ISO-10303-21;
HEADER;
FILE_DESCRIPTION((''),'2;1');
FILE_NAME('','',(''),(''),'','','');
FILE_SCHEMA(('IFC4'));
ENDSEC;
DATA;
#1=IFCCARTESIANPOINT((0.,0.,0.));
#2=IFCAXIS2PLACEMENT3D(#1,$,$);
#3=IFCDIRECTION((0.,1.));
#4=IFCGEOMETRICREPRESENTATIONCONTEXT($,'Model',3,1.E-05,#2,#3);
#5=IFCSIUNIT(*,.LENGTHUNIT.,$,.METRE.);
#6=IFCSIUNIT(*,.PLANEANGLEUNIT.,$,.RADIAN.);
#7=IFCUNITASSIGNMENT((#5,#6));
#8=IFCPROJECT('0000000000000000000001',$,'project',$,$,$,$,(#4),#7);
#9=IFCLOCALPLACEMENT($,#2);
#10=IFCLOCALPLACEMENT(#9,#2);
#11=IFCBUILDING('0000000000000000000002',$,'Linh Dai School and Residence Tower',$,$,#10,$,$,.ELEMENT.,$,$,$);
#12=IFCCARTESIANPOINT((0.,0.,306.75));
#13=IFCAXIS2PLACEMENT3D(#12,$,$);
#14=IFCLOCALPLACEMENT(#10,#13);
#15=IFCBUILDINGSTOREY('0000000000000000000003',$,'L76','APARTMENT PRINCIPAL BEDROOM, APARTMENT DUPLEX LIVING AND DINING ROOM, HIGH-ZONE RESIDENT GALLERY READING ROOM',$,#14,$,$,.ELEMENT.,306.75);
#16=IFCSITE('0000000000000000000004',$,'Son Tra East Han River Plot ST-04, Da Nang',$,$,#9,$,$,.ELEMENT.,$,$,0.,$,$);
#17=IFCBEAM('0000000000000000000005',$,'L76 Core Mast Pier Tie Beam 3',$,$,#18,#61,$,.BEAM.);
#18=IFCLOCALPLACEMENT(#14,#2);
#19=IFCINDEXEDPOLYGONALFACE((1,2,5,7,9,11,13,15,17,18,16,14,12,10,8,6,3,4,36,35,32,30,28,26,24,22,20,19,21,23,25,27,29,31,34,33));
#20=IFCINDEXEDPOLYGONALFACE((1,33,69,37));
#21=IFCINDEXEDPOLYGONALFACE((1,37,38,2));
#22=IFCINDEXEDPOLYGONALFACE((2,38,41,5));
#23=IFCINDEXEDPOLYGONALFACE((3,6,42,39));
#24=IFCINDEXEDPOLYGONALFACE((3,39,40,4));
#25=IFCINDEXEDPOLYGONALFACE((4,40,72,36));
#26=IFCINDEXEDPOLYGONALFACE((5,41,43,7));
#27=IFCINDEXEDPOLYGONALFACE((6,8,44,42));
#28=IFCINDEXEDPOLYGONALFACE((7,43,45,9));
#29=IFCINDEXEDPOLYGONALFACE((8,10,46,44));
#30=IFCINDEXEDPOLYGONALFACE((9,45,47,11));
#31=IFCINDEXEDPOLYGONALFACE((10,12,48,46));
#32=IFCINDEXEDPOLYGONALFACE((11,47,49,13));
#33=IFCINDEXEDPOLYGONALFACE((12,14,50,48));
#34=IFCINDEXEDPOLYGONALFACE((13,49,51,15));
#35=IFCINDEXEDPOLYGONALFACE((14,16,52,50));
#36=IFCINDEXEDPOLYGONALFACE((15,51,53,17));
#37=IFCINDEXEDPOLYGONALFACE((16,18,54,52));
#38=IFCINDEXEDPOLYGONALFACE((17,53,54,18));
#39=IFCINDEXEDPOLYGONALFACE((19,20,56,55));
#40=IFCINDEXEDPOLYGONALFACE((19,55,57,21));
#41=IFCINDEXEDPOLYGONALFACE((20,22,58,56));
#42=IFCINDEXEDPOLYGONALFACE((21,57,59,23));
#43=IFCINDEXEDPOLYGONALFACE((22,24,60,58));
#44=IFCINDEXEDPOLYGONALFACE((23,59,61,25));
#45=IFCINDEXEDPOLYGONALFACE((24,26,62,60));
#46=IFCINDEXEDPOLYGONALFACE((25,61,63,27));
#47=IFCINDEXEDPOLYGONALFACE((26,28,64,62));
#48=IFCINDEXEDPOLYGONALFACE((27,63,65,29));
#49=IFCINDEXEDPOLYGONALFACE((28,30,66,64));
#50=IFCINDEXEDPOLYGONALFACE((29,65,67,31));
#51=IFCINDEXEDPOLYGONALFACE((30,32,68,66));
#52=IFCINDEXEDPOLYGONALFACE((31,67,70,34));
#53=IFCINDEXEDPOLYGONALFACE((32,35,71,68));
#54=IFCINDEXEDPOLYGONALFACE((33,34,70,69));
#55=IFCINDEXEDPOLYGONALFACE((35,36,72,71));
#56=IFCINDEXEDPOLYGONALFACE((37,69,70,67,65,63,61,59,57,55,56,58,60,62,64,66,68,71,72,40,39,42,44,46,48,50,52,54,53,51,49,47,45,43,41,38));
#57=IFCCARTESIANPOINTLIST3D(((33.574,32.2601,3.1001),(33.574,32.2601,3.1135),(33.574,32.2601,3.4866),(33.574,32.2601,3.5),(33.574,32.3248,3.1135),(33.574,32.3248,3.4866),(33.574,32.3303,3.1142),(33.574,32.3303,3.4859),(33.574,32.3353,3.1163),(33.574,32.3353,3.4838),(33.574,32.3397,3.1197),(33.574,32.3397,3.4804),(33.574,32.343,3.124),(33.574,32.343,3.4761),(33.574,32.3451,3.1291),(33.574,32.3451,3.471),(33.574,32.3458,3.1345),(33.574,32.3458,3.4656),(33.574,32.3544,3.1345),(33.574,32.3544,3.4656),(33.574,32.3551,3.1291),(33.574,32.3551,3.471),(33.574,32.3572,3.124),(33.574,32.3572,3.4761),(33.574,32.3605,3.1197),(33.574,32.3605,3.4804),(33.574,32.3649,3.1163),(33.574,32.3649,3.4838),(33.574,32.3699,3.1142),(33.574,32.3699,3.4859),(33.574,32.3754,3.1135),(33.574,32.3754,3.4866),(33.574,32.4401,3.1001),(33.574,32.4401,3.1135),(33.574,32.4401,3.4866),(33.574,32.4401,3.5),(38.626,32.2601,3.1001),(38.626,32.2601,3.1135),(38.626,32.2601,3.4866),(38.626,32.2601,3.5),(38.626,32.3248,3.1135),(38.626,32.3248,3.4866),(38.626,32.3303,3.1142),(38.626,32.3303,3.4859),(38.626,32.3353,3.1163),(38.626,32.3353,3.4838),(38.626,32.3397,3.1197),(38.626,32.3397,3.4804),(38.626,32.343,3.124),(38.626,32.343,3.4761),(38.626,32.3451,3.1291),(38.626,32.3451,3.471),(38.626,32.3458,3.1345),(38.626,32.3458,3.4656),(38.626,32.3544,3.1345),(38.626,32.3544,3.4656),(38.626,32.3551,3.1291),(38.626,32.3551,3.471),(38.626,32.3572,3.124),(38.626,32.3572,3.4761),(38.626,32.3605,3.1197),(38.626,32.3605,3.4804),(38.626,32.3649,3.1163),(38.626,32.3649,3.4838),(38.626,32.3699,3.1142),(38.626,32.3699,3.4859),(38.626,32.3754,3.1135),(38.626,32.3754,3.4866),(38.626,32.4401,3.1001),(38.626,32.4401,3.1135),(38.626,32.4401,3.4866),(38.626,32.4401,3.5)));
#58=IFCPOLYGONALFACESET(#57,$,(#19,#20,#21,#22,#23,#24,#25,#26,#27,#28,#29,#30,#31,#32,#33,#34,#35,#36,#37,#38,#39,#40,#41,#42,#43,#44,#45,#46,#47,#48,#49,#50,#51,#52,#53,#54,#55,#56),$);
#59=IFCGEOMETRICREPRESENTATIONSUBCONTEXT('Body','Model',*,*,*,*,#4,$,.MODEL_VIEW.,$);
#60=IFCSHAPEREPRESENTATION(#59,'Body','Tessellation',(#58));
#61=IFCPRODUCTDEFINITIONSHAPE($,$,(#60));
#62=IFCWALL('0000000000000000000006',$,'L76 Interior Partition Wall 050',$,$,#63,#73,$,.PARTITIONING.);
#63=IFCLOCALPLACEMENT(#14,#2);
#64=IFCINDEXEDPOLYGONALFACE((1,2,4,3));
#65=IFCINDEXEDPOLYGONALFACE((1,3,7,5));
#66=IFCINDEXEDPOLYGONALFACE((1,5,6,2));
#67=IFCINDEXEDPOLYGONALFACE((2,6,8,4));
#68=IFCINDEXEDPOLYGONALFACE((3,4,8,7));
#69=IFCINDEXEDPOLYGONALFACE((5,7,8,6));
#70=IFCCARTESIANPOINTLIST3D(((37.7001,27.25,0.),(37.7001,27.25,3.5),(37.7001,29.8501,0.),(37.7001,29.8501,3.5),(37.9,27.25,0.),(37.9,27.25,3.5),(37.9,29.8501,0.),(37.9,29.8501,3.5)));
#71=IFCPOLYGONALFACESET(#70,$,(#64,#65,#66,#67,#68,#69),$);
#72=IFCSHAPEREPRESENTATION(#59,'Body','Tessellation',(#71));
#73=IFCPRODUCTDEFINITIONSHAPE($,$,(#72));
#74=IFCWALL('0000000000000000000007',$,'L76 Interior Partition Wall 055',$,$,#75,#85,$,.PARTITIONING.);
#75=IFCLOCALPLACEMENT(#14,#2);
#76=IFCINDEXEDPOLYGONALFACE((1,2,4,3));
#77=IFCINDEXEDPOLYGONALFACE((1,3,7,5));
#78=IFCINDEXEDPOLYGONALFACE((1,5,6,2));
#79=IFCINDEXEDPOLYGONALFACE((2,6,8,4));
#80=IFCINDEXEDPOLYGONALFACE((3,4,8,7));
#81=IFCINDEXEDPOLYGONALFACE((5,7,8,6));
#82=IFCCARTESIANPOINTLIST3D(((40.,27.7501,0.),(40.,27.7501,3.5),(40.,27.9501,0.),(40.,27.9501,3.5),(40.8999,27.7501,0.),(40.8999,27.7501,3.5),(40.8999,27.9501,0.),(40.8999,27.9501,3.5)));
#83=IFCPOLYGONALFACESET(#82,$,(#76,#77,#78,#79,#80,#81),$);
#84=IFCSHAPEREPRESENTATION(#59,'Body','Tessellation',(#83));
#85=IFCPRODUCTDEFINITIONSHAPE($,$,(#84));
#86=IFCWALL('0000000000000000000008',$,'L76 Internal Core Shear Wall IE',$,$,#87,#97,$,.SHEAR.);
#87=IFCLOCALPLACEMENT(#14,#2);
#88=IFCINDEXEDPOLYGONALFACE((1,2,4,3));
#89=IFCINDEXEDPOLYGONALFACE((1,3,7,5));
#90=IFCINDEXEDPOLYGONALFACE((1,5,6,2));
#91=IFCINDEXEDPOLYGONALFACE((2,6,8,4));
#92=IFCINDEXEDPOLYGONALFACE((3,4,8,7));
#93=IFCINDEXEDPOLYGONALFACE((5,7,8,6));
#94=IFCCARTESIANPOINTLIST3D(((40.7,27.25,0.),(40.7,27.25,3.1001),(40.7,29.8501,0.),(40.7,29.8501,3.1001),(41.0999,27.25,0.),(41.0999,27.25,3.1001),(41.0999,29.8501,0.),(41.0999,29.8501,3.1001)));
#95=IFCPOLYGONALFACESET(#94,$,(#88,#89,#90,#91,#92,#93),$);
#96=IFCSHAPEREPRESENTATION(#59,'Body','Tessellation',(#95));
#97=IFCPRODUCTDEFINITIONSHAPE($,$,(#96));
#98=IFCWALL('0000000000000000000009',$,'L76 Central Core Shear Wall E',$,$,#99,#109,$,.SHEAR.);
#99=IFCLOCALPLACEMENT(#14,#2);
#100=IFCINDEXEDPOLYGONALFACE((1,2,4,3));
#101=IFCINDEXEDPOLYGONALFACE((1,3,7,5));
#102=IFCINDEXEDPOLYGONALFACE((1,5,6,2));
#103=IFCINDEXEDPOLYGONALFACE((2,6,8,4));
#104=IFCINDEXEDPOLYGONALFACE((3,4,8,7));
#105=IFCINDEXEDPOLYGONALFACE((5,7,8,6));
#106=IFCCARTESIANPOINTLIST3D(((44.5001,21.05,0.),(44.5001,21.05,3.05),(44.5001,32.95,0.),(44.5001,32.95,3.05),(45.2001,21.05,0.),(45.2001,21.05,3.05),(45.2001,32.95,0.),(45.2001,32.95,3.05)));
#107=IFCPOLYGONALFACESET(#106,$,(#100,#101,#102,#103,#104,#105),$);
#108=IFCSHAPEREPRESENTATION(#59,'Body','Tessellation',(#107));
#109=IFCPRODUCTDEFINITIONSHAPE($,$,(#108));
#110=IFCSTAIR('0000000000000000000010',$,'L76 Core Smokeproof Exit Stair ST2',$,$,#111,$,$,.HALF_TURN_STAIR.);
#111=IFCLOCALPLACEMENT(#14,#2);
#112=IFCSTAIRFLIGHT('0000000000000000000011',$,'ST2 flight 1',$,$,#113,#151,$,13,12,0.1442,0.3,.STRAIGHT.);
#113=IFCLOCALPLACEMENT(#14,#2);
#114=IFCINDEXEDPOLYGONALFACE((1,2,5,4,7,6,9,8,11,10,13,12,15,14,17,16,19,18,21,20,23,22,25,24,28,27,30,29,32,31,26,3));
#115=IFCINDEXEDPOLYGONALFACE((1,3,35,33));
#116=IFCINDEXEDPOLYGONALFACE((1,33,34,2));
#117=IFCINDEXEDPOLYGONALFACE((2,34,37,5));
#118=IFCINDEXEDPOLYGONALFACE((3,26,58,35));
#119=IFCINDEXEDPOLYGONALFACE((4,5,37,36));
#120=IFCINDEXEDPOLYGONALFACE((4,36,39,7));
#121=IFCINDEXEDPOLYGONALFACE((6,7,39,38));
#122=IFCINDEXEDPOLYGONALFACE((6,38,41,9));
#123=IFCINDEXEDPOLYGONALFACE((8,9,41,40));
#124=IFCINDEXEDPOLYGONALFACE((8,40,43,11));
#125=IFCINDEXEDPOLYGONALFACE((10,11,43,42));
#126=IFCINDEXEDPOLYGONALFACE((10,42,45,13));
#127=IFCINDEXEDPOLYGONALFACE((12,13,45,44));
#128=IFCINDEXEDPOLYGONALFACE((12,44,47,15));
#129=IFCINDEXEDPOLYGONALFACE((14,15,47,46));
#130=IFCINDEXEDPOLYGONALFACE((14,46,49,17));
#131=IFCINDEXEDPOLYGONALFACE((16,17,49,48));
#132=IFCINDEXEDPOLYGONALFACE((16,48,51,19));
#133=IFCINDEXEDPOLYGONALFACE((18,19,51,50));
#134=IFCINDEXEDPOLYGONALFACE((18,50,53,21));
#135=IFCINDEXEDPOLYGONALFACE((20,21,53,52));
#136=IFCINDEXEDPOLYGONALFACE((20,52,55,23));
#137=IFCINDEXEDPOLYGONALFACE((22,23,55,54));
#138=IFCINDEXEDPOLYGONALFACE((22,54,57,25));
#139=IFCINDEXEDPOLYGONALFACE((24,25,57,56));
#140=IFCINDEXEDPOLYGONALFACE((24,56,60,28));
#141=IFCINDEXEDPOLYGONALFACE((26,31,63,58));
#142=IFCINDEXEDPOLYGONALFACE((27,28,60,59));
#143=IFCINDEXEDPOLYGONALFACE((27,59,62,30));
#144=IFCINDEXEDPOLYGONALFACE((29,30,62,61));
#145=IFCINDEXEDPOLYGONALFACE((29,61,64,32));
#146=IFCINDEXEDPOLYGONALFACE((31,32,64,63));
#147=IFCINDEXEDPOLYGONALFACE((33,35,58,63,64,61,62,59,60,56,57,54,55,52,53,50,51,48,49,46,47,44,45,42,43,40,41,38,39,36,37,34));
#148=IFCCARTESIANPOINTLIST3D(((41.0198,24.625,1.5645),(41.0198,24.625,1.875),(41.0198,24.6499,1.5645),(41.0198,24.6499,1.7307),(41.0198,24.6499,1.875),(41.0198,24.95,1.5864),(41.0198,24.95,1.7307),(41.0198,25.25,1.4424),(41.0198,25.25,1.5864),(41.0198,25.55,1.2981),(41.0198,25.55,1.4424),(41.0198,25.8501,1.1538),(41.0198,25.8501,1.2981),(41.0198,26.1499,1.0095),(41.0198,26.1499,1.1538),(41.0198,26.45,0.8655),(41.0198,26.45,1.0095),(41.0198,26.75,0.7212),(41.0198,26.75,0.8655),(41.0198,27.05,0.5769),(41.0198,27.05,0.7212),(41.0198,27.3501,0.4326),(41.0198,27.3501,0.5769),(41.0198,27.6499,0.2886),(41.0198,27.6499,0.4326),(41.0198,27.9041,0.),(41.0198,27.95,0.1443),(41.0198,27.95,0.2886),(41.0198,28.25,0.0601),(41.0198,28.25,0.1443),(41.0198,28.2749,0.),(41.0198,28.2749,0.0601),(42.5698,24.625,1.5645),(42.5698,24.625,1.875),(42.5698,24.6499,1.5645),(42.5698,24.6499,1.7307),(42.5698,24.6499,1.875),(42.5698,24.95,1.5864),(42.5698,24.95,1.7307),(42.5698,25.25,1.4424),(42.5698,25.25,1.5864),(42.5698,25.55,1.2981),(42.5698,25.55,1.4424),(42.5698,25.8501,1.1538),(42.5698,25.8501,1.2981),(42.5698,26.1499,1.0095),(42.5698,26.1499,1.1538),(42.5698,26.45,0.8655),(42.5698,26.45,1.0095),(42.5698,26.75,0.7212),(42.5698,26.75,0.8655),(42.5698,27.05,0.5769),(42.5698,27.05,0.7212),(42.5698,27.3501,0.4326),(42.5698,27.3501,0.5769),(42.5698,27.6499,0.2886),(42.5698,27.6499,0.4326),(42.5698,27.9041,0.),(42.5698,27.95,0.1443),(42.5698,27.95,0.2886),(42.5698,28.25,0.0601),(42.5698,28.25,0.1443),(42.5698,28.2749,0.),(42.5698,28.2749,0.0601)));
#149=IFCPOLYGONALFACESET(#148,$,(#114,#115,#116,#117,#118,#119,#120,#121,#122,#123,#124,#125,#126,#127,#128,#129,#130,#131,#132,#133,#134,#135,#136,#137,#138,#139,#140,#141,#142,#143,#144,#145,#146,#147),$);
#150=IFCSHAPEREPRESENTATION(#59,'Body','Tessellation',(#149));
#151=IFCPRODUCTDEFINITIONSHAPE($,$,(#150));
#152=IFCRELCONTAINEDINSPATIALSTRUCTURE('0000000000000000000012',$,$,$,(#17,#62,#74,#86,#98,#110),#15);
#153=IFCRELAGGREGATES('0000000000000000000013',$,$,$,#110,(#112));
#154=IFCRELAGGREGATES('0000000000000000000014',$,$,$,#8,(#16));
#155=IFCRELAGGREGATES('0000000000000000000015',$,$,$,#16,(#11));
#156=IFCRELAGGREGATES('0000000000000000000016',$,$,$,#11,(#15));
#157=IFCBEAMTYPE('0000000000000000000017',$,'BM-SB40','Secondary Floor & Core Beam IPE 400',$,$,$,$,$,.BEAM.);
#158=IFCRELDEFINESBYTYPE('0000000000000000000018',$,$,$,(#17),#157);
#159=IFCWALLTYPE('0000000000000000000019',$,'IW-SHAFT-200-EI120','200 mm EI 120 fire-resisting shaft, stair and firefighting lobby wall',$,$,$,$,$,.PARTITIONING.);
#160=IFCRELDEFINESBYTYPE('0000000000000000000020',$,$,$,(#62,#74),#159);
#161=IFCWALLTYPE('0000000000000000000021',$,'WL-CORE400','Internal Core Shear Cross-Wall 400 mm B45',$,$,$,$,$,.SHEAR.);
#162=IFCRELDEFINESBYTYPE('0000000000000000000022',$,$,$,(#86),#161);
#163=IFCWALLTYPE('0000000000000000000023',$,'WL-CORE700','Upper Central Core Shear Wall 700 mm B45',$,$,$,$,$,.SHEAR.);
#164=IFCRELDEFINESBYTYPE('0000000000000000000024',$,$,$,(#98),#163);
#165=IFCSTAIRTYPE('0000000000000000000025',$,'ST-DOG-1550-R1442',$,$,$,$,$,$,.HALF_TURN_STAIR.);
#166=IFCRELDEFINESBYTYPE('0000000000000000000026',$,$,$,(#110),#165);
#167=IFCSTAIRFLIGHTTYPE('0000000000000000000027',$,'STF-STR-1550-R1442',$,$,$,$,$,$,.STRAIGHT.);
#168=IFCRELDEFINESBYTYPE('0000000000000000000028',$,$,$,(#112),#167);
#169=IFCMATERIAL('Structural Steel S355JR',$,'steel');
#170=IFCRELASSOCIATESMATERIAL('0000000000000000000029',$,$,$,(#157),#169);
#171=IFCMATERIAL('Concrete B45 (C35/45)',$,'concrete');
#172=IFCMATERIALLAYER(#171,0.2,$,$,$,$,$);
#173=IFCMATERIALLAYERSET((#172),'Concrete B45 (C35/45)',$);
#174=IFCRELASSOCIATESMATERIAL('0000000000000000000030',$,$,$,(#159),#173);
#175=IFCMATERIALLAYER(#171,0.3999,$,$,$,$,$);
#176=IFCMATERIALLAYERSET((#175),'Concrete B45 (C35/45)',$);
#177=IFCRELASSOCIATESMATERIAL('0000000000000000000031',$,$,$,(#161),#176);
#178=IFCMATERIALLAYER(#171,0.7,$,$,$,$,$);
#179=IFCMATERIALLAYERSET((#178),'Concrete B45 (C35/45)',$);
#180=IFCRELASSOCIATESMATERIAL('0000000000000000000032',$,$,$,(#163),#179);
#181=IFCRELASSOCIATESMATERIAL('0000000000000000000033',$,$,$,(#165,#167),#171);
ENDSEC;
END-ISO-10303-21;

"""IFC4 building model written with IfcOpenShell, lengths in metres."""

from ifc_helpers import new_model, si_unit, direction, frame, frame_2d, origin, origin_2d, place, context, subcontext, project, spatial, polyline, rectangle, i_section, outline, extrude, source, transform, mapped, material, layer, layer_set, material_profile, profile_set, type_object, element, aggregate, save


model = new_model("IFC4")

# Units and contexts
model_context = context("Model", 3, precision=1e-05, world=origin(), true_north=direction((0.0, 1.0)))
body_context = subcontext(model_context, "Body", "Model", "MODEL_VIEW")
ifc_project = project(units=[si_unit("LENGTHUNIT", "METRE"), si_unit("PLANEANGLEUNIT", "RADIAN")], contexts=[model_context])

# Site, building, storey
site_placement = place(None, origin())
site = spatial("IfcSite", under=ifc_project, at=site_placement, Name="Son Tra East Han River Plot ST-04, Da Nang", CompositionType="ELEMENT", RefElevation=0.0)
building_placement = place(site_placement, origin())
building = spatial("IfcBuilding", under=site, at=building_placement, Name="Linh Dai School and Residence Tower", CompositionType="ELEMENT")
storey_placement = place(building_placement, frame((0.0, 0.0, 306.75)))
storey = spatial("IfcBuildingStorey", under=building, at=storey_placement, Name="L76", Description="APARTMENT PRINCIPAL BEDROOM, APARTMENT DUPLEX LIVING AND DINING ROOM, HIGH-ZONE RESIDENT GALLERY READING ROOM", CompositionType="ELEMENT", Elevation=306.75)

# Shared definitions
ifc_material_1 = material(Name="Structural Steel S355JR", Category="steel")

# Beam
ifc_material_profile_1 = material_profile(ifc_material_1, i_section(OverallWidth=0.1799, OverallDepth=0.3999, WebThickness=0.0085, FlangeThickness=0.0134, FilletRadius=0.021, at=origin_2d()), Name="IPE 400")
ifc_profile_set_1 = profile_set([ifc_material_profile_1], Name="Structural Steel S355JR")
beam_type_1 = type_object("IfcBeamType", Name="BM-SB40", Description="Secondary Floor & Core Beam IPE 400", PredefinedType="BEAM", material=ifc_profile_set_1)
beam_1_placement = place(storey_placement, frame((38.626, 32.3501, 3.3), z_axis=(-1.0, 0.0, 0.0), x_axis=(0.0, -1.0, 0.0)))
element("IfcBeam", 1, at=beam_1_placement, inside=storey, type_object=beam_type_1, Name="L76 Core Mast Pier Tie Beam 3", PredefinedType="BEAM", context=body_context, shape_type="SweptSolid", body=[
    extrude(i_section(OverallWidth=0.1799, OverallDepth=0.3999, WebThickness=0.0085, FlangeThickness=0.0134, FilletRadius=0.021, at=origin_2d()), origin(), (0.0, 0.0, 1.0), 5.052),
])

# Walls
ifc_material_2 = material(Name="Concrete B45 (C35/45)", Category="concrete")
ifc_layer_1 = layer(ifc_material_2, 0.2)
ifc_layer_set_1 = layer_set([ifc_layer_1], Name="Concrete B45 (C35/45)")
wall_type_1 = type_object("IfcWallType", Name="IW-SHAFT-200-EI120", Description="200 mm EI 120 fire-resisting shaft, stair and firefighting lobby wall", PredefinedType="PARTITIONING", material=ifc_layer_set_1)
wall_1_placement = place(storey_placement, frame((37.8, 27.25, 0.0), z_axis=(0.0, 0.0, 1.0), x_axis=(0.0, 1.0, 0.0)))
element("IfcWall", 2, at=wall_1_placement, inside=storey, type_object=wall_type_1, Name="L76 Interior Partition Wall 050", PredefinedType="PARTITIONING", context=body_context, shape_type="SweptSolid", body=[
    extrude(rectangle(XDim=2.6001, YDim=0.2, at=frame_2d((1.3, 0.0))), origin(), (0.0, 0.0, 1.0), 3.5),
])
wall_2_placement = place(storey_placement, frame((40.0, 27.8501, 0.0), z_axis=(0.0, 0.0, 1.0), x_axis=(1.0, 0.0, 0.0)))
element("IfcWall", 3, at=wall_2_placement, inside=storey, type_object=wall_type_1, Name="L76 Interior Partition Wall 055", PredefinedType="PARTITIONING", context=body_context, shape_type="SweptSolid", body=[
    extrude(rectangle(XDim=0.8999, YDim=0.2, at=frame_2d((0.45, 0.0))), origin(), (0.0, 0.0, 1.0), 3.5),
])
ifc_layer_2 = layer(ifc_material_2, 0.3999)
ifc_layer_set_2 = layer_set([ifc_layer_2], Name="Concrete B45 (C35/45)")
wall_type_2 = type_object("IfcWallType", Name="WL-CORE400", Description="Internal Core Shear Cross-Wall 400 mm B45", PredefinedType="SHEAR", material=ifc_layer_set_2)
wall_3_placement = place(storey_placement, frame((40.8999, 27.25, 0.0), z_axis=(0.0, 0.0, 1.0), x_axis=(0.0, 1.0, 0.0)))
element("IfcWall", 4, at=wall_3_placement, inside=storey, type_object=wall_type_2, Name="L76 Internal Core Shear Wall IE", PredefinedType="SHEAR", context=body_context, shape_type="SweptSolid", body=[
    extrude(rectangle(XDim=2.6001, YDim=0.3999, at=frame_2d((1.3, 0.0))), origin(), (0.0, 0.0, 1.0), 3.1001),
])
ifc_layer_3 = layer(ifc_material_2, 0.7)
ifc_layer_set_3 = layer_set([ifc_layer_3], Name="Concrete B45 (C35/45)")
wall_type_3 = type_object("IfcWallType", Name="WL-CORE700", Description="Upper Central Core Shear Wall 700 mm B45", PredefinedType="SHEAR", material=ifc_layer_set_3)
wall_4_placement = place(storey_placement, frame((44.8501, 32.95, 0.0), z_axis=(0.0, 0.0, 1.0), x_axis=(0.0, -1.0, 0.0)))
element("IfcWall", 5, at=wall_4_placement, inside=storey, type_object=wall_type_3, Name="L76 Central Core Shear Wall E", PredefinedType="SHEAR", context=body_context, shape_type="SweptSolid", body=[
    extrude(rectangle(XDim=11.8999, YDim=0.7, at=frame_2d((5.95, 0.0))), origin(), (0.0, 0.0, 1.0), 3.05),
])

# Stair, stair flight
stair_type = type_object("IfcStairType", Name="ST-DOG-1550-R1442", PredefinedType="HALF_TURN_STAIR", material=ifc_material_2)
stair_placement = place(storey_placement, origin())
stair = element("IfcStair", 6, at=stair_placement, inside=storey, type_object=stair_type, Name="L76 Core Smokeproof Exit Stair ST2", PredefinedType="HALF_TURN_STAIR")
stair_flight_type = type_object("IfcStairFlightType", Name="STF-STR-1550-R1442", PredefinedType="STRAIGHT", material=ifc_material_2)
shared_shape_1 = source(origin(), body_context, "Body", "SweptSolid", [
    extrude(outline(polyline([(-0.0249, 0.0), (-0.0249, 0.0601), (0.0, 0.0601), (0.0, 0.1443), (0.3, 0.1443), (0.3, 0.2886), (0.6001, 0.2886), (0.6001, 0.4326), (0.8999, 0.4326), (0.8999, 0.5769), (1.2, 0.5769), (1.2, 0.7212), (1.5, 0.7212), (1.5, 0.8655), (1.8, 0.8655), (1.8, 1.0095), (2.1001, 1.0095), (2.1001, 1.1538), (2.3999, 1.1538), (2.3999, 1.2981), (2.7, 1.2981), (2.7, 1.4424), (3.0, 1.4424), (3.0, 1.5864), (3.3, 1.5864), (3.3, 1.7307), (3.6001, 1.7307), (3.6001, 1.875), (3.625, 1.875), (3.625, 1.5645), (3.6001, 1.5645), (0.3459, 0.0), (-0.0249, 0.0)])), frame((0.0, 0.7749, 0.0), z_axis=(0.0, -1.0, 0.0), x_axis=(1.0, 0.0, 0.0)), (0.0, 0.0, 1.0), 1.55),
])
stair_flight_placement = place(storey_placement, frame((41.7949, 28.25, 0.0), z_axis=(0.0, 0.0, 1.0), x_axis=(0.0, -1.0, 0.0)))
stair_flight = element("IfcStairFlight", 7, at=stair_flight_placement, type_object=stair_flight_type, Name="ST2 flight 1", NumberOfRisers=13, NumberOfTreads=12, PredefinedType="STRAIGHT", RiserHeight=0.1442, TreadLength=0.3, context=body_context, shape_type="MappedRepresentation", body=[
    mapped(shared_shape_1, transform((0.0, 0.0, 0.0), x_axis=(1.0, 0.0, 0.0), y_axis=(0.0, 1.0, 0.0), z_axis=(0.0, 0.0, 1.0), scale=1.0)),
])
aggregate(stair, [stair_flight])

save(model, "model.ifc")
